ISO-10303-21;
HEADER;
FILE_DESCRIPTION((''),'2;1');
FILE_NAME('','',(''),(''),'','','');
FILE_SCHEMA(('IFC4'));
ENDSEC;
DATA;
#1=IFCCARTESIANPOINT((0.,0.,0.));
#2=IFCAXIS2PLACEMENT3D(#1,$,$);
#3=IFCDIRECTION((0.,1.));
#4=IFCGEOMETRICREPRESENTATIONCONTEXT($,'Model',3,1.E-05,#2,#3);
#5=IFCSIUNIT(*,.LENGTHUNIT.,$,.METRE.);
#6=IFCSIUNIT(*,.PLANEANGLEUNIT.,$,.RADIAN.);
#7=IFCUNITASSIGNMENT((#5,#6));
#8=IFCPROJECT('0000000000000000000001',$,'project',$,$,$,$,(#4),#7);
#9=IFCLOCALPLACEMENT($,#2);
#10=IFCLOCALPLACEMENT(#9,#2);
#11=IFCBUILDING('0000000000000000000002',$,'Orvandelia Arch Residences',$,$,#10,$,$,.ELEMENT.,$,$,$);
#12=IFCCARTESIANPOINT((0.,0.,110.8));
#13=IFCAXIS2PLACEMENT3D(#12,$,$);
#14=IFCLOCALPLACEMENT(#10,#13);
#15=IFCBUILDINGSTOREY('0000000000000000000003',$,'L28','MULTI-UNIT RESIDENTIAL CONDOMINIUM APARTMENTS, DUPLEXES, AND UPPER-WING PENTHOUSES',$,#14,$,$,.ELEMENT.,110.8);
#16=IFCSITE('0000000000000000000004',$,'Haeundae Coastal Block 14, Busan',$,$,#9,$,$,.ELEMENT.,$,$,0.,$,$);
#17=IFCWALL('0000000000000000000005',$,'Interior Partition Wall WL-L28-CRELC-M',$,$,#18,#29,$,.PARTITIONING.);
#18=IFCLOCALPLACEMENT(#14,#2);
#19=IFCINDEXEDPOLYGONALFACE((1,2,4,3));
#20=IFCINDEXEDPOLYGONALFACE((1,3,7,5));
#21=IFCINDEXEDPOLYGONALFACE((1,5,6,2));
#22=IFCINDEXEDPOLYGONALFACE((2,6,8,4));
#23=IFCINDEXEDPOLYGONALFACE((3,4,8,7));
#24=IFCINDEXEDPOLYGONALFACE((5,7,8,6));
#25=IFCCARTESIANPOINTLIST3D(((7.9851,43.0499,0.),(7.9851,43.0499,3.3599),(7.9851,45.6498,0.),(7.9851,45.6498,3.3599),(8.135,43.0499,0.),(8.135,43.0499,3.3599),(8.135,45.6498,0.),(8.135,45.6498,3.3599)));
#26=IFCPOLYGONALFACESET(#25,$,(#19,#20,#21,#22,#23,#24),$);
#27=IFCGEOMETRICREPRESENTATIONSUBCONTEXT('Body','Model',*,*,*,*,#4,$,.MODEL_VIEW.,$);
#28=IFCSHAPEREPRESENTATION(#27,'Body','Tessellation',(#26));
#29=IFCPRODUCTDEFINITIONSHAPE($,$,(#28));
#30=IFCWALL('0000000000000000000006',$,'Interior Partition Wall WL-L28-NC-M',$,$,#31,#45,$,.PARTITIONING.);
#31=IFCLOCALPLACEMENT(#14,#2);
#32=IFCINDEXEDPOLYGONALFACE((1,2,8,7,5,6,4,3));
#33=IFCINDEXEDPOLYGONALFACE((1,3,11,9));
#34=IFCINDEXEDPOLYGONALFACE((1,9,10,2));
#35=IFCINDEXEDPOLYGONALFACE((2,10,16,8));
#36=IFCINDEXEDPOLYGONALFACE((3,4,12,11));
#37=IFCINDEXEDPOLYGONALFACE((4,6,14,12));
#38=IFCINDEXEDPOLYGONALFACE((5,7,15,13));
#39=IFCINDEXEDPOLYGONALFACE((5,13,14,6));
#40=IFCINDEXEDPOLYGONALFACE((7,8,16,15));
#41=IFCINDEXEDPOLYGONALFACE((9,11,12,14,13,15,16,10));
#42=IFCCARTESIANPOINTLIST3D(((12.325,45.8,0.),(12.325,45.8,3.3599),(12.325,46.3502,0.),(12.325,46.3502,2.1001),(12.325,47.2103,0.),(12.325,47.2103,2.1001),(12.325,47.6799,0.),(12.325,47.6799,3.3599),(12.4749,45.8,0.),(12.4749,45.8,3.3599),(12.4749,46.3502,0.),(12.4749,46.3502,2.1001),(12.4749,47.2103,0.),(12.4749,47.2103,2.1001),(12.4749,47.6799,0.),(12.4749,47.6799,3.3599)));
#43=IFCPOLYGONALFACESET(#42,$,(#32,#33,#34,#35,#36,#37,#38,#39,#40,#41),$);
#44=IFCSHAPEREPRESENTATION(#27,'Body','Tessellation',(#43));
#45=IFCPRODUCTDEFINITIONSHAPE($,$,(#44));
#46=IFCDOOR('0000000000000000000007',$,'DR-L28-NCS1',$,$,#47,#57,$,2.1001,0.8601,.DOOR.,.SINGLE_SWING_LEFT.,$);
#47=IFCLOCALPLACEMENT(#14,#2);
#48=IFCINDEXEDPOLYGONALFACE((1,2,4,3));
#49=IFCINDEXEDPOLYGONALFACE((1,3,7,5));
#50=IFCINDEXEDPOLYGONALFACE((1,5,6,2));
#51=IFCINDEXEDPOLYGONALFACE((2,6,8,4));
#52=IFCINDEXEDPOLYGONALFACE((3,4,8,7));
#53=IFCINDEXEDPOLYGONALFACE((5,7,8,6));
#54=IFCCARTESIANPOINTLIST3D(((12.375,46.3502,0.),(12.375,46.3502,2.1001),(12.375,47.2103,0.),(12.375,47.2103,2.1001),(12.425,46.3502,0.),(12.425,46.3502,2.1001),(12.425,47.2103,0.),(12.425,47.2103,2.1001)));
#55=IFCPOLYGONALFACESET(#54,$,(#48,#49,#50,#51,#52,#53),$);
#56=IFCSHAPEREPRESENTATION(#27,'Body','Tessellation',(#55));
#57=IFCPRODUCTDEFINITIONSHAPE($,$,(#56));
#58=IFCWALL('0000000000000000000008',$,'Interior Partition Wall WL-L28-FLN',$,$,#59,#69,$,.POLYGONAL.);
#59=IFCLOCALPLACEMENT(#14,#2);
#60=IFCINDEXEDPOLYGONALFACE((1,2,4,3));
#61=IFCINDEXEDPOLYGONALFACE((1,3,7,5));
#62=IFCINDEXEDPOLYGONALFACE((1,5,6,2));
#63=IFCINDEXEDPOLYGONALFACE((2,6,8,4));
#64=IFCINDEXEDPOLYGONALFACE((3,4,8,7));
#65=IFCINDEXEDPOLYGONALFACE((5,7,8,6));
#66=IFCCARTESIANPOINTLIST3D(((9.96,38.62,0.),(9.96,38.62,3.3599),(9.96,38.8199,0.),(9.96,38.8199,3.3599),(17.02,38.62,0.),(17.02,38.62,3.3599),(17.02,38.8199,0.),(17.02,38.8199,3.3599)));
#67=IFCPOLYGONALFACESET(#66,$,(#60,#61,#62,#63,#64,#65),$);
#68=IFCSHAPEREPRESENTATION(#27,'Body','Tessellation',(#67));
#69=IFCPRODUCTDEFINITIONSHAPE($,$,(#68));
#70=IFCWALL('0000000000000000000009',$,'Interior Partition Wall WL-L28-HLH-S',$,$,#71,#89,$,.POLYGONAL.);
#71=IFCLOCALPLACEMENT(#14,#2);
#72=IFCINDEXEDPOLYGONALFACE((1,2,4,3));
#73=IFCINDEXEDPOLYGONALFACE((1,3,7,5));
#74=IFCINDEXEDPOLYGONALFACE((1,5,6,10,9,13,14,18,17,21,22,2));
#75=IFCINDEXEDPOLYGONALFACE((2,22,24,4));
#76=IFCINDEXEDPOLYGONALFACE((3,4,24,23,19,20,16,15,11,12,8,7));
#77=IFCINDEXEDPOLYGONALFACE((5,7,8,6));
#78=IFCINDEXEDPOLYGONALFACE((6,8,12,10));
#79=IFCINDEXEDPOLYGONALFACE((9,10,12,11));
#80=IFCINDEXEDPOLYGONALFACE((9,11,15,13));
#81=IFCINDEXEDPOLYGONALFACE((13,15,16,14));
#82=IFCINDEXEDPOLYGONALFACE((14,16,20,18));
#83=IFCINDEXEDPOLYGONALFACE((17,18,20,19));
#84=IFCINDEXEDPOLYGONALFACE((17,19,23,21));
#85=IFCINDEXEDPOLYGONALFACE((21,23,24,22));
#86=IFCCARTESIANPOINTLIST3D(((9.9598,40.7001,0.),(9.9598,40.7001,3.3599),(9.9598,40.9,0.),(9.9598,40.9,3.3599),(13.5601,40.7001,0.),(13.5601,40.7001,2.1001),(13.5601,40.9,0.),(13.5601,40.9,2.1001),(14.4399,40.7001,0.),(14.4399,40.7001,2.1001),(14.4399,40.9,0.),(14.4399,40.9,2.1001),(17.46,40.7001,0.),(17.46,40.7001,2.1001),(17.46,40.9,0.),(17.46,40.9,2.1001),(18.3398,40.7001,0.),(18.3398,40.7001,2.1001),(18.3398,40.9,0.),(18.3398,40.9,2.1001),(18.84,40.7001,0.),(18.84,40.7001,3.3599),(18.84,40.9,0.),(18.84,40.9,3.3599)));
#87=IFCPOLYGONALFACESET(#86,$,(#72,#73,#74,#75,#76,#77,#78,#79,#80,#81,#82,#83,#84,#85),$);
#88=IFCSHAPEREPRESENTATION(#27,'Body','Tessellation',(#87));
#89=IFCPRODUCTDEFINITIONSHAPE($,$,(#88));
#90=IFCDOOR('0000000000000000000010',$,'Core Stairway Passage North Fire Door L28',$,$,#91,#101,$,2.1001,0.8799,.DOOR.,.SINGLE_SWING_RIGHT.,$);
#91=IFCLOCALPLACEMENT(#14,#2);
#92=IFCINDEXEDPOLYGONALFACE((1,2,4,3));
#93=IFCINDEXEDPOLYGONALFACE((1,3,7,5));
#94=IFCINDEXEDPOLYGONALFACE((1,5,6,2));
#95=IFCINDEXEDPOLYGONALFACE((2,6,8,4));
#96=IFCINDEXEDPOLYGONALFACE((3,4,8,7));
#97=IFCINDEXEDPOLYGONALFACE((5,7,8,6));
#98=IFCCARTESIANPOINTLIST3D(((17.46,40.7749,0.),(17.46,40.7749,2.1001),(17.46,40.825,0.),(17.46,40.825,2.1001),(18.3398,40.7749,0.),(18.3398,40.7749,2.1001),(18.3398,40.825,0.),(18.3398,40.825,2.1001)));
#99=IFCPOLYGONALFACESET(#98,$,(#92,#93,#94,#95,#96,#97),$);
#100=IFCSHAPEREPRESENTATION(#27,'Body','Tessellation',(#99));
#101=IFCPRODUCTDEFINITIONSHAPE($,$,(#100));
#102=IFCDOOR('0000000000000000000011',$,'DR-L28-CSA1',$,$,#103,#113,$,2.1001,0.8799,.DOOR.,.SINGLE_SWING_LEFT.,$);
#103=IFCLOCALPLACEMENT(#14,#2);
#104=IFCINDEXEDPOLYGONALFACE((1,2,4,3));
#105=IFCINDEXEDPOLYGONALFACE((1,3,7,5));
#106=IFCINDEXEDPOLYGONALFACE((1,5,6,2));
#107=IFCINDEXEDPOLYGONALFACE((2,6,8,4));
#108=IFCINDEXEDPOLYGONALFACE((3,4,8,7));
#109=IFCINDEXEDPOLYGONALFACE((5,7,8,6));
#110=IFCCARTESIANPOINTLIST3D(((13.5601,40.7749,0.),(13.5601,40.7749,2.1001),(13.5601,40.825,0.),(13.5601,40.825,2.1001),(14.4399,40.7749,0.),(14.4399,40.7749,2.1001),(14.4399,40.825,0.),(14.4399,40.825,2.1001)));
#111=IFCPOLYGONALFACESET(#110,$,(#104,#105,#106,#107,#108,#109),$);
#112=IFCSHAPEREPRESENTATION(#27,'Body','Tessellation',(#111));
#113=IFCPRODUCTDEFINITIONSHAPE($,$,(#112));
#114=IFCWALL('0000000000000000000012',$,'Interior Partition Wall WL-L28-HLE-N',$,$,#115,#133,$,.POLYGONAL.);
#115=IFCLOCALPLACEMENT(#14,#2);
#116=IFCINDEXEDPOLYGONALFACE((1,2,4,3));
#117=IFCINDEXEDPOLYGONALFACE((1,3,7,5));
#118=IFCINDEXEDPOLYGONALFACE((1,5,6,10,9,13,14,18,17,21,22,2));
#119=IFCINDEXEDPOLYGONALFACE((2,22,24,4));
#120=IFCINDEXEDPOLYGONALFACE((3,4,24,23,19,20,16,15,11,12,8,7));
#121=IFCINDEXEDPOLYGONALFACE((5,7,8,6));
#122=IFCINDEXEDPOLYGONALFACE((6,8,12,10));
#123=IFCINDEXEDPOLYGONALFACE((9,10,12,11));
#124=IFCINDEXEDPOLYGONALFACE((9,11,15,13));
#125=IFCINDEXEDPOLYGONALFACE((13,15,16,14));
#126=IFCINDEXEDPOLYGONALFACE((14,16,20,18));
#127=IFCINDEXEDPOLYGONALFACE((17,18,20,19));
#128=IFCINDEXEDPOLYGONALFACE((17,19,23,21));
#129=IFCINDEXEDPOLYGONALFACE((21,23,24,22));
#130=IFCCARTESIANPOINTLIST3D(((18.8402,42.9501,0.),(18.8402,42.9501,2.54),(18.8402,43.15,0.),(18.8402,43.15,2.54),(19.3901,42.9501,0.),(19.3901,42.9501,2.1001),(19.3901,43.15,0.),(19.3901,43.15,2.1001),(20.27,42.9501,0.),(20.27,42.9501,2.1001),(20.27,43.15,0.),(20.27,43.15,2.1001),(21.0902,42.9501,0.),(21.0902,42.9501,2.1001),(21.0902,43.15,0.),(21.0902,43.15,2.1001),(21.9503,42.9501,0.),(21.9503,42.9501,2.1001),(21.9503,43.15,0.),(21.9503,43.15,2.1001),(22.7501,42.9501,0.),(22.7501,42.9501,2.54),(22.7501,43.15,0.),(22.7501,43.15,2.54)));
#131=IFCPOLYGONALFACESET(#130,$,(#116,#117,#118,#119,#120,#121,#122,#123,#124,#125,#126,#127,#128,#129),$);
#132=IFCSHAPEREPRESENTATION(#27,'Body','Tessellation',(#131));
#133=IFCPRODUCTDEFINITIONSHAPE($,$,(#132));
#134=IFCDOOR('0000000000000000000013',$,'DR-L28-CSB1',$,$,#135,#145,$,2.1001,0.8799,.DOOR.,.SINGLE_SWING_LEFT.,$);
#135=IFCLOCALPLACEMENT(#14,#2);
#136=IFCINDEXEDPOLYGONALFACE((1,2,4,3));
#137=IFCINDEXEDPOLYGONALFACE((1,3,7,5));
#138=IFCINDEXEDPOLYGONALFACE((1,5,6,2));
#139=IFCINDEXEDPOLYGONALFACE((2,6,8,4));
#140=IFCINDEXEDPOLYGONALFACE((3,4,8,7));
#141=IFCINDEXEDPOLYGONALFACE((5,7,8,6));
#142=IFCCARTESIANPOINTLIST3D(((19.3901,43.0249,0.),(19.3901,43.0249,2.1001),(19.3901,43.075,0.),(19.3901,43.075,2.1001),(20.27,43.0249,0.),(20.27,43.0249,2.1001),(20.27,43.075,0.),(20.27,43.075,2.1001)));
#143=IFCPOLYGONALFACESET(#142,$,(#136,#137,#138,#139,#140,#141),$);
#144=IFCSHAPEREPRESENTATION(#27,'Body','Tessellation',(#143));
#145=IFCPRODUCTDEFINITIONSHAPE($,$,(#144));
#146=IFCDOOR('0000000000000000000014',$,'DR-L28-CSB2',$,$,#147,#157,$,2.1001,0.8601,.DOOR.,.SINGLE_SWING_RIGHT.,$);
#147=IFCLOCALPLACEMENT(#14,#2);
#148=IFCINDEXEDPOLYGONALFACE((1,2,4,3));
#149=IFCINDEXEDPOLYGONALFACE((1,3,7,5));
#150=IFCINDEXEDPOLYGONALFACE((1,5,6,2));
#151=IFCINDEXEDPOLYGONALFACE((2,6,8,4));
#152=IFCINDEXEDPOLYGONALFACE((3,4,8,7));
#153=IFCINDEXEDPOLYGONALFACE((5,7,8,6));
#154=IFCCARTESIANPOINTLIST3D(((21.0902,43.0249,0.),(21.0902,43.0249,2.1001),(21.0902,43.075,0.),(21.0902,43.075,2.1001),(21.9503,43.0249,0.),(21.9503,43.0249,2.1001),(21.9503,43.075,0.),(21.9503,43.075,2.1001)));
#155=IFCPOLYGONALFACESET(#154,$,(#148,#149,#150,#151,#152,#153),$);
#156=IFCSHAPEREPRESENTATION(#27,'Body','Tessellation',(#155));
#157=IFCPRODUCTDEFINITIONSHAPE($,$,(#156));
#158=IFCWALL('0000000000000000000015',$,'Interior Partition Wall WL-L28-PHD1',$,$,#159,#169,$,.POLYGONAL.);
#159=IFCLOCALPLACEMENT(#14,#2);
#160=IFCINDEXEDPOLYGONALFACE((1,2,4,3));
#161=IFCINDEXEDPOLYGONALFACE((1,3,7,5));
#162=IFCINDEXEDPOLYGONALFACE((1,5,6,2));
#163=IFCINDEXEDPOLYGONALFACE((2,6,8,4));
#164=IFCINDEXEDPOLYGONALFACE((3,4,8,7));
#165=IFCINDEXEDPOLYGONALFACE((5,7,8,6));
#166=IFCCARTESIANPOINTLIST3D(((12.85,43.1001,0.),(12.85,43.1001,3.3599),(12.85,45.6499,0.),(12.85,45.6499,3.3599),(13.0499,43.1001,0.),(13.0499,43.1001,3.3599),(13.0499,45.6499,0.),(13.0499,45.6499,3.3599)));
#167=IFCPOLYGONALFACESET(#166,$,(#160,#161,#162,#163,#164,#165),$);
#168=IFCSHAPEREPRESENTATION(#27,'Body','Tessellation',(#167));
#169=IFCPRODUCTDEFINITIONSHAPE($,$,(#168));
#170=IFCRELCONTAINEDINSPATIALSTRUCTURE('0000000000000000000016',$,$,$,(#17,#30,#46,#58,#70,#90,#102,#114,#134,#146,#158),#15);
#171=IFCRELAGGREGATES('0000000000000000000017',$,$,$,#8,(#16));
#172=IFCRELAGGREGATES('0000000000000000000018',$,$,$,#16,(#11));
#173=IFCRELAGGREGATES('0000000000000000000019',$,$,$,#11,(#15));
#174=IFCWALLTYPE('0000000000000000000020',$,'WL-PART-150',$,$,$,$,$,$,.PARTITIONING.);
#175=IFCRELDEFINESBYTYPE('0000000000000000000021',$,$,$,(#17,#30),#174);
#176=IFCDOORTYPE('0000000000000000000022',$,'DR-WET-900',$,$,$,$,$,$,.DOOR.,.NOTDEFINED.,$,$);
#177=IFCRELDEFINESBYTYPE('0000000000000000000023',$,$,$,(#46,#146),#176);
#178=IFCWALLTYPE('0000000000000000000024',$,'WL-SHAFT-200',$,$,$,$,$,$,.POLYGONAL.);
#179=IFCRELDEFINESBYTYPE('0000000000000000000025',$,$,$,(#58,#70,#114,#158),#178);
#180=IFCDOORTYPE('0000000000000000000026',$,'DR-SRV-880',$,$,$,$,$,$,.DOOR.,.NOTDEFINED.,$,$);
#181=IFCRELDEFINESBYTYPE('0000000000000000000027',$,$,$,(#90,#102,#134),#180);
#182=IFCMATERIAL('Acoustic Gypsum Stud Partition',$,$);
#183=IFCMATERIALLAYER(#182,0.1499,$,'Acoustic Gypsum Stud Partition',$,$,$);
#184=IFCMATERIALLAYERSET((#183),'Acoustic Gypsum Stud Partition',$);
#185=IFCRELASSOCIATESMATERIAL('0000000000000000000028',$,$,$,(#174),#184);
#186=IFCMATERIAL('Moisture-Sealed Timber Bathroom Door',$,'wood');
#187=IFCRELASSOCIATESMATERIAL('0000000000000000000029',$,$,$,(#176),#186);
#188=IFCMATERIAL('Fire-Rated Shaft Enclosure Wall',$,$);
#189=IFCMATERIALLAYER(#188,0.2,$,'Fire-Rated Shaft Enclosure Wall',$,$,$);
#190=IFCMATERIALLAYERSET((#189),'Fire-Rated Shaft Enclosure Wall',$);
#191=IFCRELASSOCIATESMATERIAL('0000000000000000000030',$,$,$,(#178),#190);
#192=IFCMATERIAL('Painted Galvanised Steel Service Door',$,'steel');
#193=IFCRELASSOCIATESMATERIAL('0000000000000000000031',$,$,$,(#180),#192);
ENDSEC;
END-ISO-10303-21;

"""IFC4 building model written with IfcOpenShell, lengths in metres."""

from ifc_helpers import new_model, si_unit, direction, frame, frame_2d, origin, place, context, subcontext, project, spatial, rectangle, extrude, material, layer, layer_set, type_object, element, fill, save


model = new_model("IFC4")

# Units and contexts
model_context = context("Model", 3, precision=1e-05, world=origin(), true_north=direction((0.0, 1.0)))
body_context = subcontext(model_context, "Body", "Model", "MODEL_VIEW")
ifc_project = project(units=[si_unit("LENGTHUNIT", "METRE"), si_unit("PLANEANGLEUNIT", "RADIAN")], contexts=[model_context])

# Site, building, storey
site_placement = place(None, origin())
site = spatial("IfcSite", under=ifc_project, at=site_placement, Name="Haeundae Coastal Block 14, Busan", CompositionType="ELEMENT", RefElevation=0.0)
building_placement = place(site_placement, origin())
building = spatial("IfcBuilding", under=site, at=building_placement, Name="Orvandelia Arch Residences", CompositionType="ELEMENT")
storey_placement = place(building_placement, frame((0.0, 0.0, 110.8)))
storey = spatial("IfcBuildingStorey", under=building, at=storey_placement, Name="L28", Description="MULTI-UNIT RESIDENTIAL CONDOMINIUM APARTMENTS, DUPLEXES, AND UPPER-WING PENTHOUSES", CompositionType="ELEMENT", Elevation=110.8)

# Wall
ifc_material_1 = material(Name="Acoustic Gypsum Stud Partition")
ifc_layer_1 = layer(ifc_material_1, 0.1499, Name="Acoustic Gypsum Stud Partition")
ifc_layer_set_1 = layer_set([ifc_layer_1], Name="Acoustic Gypsum Stud Partition")
wall_type_1 = type_object("IfcWallType", Name="WL-PART-150", PredefinedType="PARTITIONING", material=ifc_layer_set_1)
wall_1_placement = place(storey_placement, frame((8.0601, 43.05, 0.0), z_axis=(0.0, 0.0, 1.0), x_axis=(0.0, 1.0, 0.0)))
element("IfcWall", 1, at=wall_1_placement, inside=storey, type_object=wall_type_1, Name="Interior Partition Wall WL-L28-CRELC-M", PredefinedType="PARTITIONING", context=body_context, shape_type="SweptSolid", body=[
    extrude(rectangle(XDim=2.5999, YDim=0.1499, at=frame_2d((1.2998, 0.0))), origin(), (0.0, 0.0, 1.0), 3.3599),
])

# Wall, opening, door
wall_2_placement = place(storey_placement, frame((12.3999, 45.8, 0.0), z_axis=(0.0, 0.0, 1.0), x_axis=(0.0, 1.0, 0.0)))
wall_2 = element("IfcWall", 2, at=wall_2_placement, inside=storey, type_object=wall_type_1, Name="Interior Partition Wall WL-L28-NC-M", PredefinedType="PARTITIONING", context=body_context, shape_type="SweptSolid", body=[
    extrude(rectangle(XDim=1.8799, YDim=0.1499, at=frame_2d((0.9399, 0.0))), origin(), (0.0, 0.0, 1.0), 3.3599),
])
opening_1_placement = place(wall_2_placement, frame((0.55, 0.0, 0.0)))
opening_1 = element("IfcOpeningElement", 3, at=opening_1_placement, cuts=wall_2, PredefinedType="OPENING", context=body_context, shape_type="SweptSolid", body=[
    extrude(rectangle(XDim=0.8601, YDim=2.1001, at=frame_2d((0.4302, 1.05))), frame((0.0, 0.085, 0.0), z_axis=(0.0, -1.0, 0.0), x_axis=(1.0, 0.0, 0.0)), (0.0, 0.0, 1.0), 0.1699),
])
ifc_material_2 = material(Name="Moisture-Sealed Timber Bathroom Door", Category="wood")
door_type_1 = type_object("IfcDoorType", Name="DR-WET-900", OperationType="NOTDEFINED", PredefinedType="DOOR", material=ifc_material_2)
door_1_placement = place(opening_1_placement, origin())
door_1 = element("IfcDoor", 4, at=door_1_placement, inside=storey, type_object=door_type_1, Name="DR-L28-NCS1", OperationType="SINGLE_SWING_LEFT", OverallHeight=2.1001, OverallWidth=0.8601, PredefinedType="DOOR", context=body_context, shape_type="SweptSolid", body=[
    extrude(rectangle(XDim=0.8601, YDim=2.1001, at=frame_2d((0.4302, 1.05))), frame((0.0, 0.0249, 0.0), z_axis=(0.0, -1.0, 0.0), x_axis=(1.0, 0.0, 0.0)), (0.0, 0.0, 1.0), 0.05),
])
fill(opening_1, door_1)

# Wall
ifc_material_3 = material(Name="Fire-Rated Shaft Enclosure Wall")
ifc_layer_2 = layer(ifc_material_3, 0.2, Name="Fire-Rated Shaft Enclosure Wall")
ifc_layer_set_2 = layer_set([ifc_layer_2], Name="Fire-Rated Shaft Enclosure Wall")
wall_type_2 = type_object("IfcWallType", Name="WL-SHAFT-200", PredefinedType="POLYGONAL", material=ifc_layer_set_2)
wall_3_placement = place(storey_placement, frame((9.96, 38.72, 0.0), z_axis=(0.0, 0.0, 1.0), x_axis=(1.0, 0.0, 0.0)))
element("IfcWall", 5, at=wall_3_placement, inside=storey, type_object=wall_type_2, Name="Interior Partition Wall WL-L28-FLN", PredefinedType="POLYGONAL", context=body_context, shape_type="SweptSolid", body=[
    extrude(rectangle(XDim=7.0601, YDim=0.2, at=frame_2d((3.53, 0.0))), origin(), (0.0, 0.0, 1.0), 3.3599),
])

# Walls, openings, doors
wall_4_placement = place(storey_placement, frame((9.96, 40.8, 0.0), z_axis=(0.0, 0.0, 1.0), x_axis=(1.0, 0.0, 0.0)))
wall_4 = element("IfcWall", 6, at=wall_4_placement, inside=storey, type_object=wall_type_2, Name="Interior Partition Wall WL-L28-HLH-S", PredefinedType="POLYGONAL", context=body_context, shape_type="SweptSolid", body=[
    extrude(rectangle(XDim=8.8801, YDim=0.2, at=frame_2d((4.4399, 0.0))), origin(), (0.0, 0.0, 1.0), 3.3599),
])
opening_2_placement = place(wall_4_placement, frame((7.5, 0.0, 0.0)))
opening_2 = element("IfcOpeningElement", 7, at=opening_2_placement, cuts=wall_4, PredefinedType="OPENING", context=body_context, shape_type="SweptSolid", body=[
    extrude(rectangle(XDim=0.8799, YDim=2.1001, at=frame_2d((0.4399, 1.05))), frame((0.0, 0.1099, 0.0), z_axis=(0.0, -1.0, 0.0), x_axis=(1.0, 0.0, 0.0)), (0.0, 0.0, 1.0), 0.22),
])
opening_3_placement = place(wall_4_placement, frame((3.6001, 0.0, 0.0)))
opening_3 = element("IfcOpeningElement", 8, at=opening_3_placement, cuts=wall_4, PredefinedType="OPENING", context=body_context, shape_type="SweptSolid", body=[
    extrude(rectangle(XDim=0.8799, YDim=2.1001, at=frame_2d((0.4399, 1.05))), frame((0.0, 0.1099, 0.0), z_axis=(0.0, -1.0, 0.0), x_axis=(1.0, 0.0, 0.0)), (0.0, 0.0, 1.0), 0.22),
])
ifc_material_4 = material(Name="Painted Galvanised Steel Service Door", Category="steel")
door_type_2 = type_object("IfcDoorType", Name="DR-SRV-880", OperationType="NOTDEFINED", PredefinedType="DOOR", material=ifc_material_4)
door_2_placement = place(opening_2_placement, origin())
door_2 = element("IfcDoor", 9, at=door_2_placement, inside=storey, type_object=door_type_2, Name="Core Stairway Passage North Fire Door L28", OperationType="SINGLE_SWING_RIGHT", OverallHeight=2.1001, OverallWidth=0.8799, PredefinedType="DOOR", context=body_context, shape_type="SweptSolid", body=[
    extrude(rectangle(XDim=0.8799, YDim=2.1001, at=frame_2d((0.4399, 1.05))), frame((0.0, 0.0249, 0.0), z_axis=(0.0, -1.0, 0.0), x_axis=(1.0, 0.0, 0.0)), (0.0, 0.0, 1.0), 0.05),
])
fill(opening_2, door_2)
door_3_placement = place(opening_3_placement, origin())
door_3 = element("IfcDoor", 10, at=door_3_placement, inside=storey, type_object=door_type_2, Name="DR-L28-CSA1", OperationType="SINGLE_SWING_LEFT", OverallHeight=2.1001, OverallWidth=0.8799, PredefinedType="DOOR", context=body_context, shape_type="SweptSolid", body=[
    extrude(rectangle(XDim=0.8799, YDim=2.1001, at=frame_2d((0.4399, 1.05))), frame((0.0, 0.0249, 0.0), z_axis=(0.0, -1.0, 0.0), x_axis=(1.0, 0.0, 0.0)), (0.0, 0.0, 1.0), 0.05),
])
fill(opening_3, door_3)
wall_5_placement = place(storey_placement, frame((18.8401, 43.05, 0.0), z_axis=(0.0, 0.0, 1.0), x_axis=(1.0, 0.0, 0.0)))
wall_5 = element("IfcWall", 11, at=wall_5_placement, inside=storey, type_object=wall_type_2, Name="Interior Partition Wall WL-L28-HLE-N", PredefinedType="POLYGONAL", context=body_context, shape_type="SweptSolid", body=[
    extrude(rectangle(XDim=3.9099, YDim=0.2, at=frame_2d((1.9551, 0.0))), origin(), (0.0, 0.0, 1.0), 2.54),
])
opening_4_placement = place(wall_5_placement, frame((0.55, 0.0, 0.0)))
opening_4 = element("IfcOpeningElement", 12, at=opening_4_placement, cuts=wall_5, PredefinedType="OPENING", context=body_context, shape_type="SweptSolid", body=[
    extrude(rectangle(XDim=0.8799, YDim=2.1001, at=frame_2d((0.4399, 1.05))), frame((0.0, 0.1099, 0.0), z_axis=(0.0, -1.0, 0.0), x_axis=(1.0, 0.0, 0.0)), (0.0, 0.0, 1.0), 0.22),
])
opening_5_placement = place(wall_5_placement, frame((2.25, 0.0, 0.0)))
opening_5 = element("IfcOpeningElement", 13, at=opening_5_placement, cuts=wall_5, PredefinedType="OPENING", context=body_context, shape_type="SweptSolid", body=[
    extrude(rectangle(XDim=0.8601, YDim=2.1001, at=frame_2d((0.4302, 1.05))), frame((0.0, 0.1099, 0.0), z_axis=(0.0, -1.0, 0.0), x_axis=(1.0, 0.0, 0.0)), (0.0, 0.0, 1.0), 0.22),
])
door_4_placement = place(opening_4_placement, origin())
door_4 = element("IfcDoor", 14, at=door_4_placement, inside=storey, type_object=door_type_2, Name="DR-L28-CSB1", OperationType="SINGLE_SWING_LEFT", OverallHeight=2.1001, OverallWidth=0.8799, PredefinedType="DOOR", context=body_context, shape_type="SweptSolid", body=[
    extrude(rectangle(XDim=0.8799, YDim=2.1001, at=frame_2d((0.4399, 1.05))), frame((0.0, 0.0249, 0.0), z_axis=(0.0, -1.0, 0.0), x_axis=(1.0, 0.0, 0.0)), (0.0, 0.0, 1.0), 0.05),
])
fill(opening_4, door_4)
door_5_placement = place(opening_5_placement, origin())
door_5 = element("IfcDoor", 15, at=door_5_placement, inside=storey, type_object=door_type_1, Name="DR-L28-CSB2", OperationType="SINGLE_SWING_RIGHT", OverallHeight=2.1001, OverallWidth=0.8601, PredefinedType="DOOR", context=body_context, shape_type="SweptSolid", body=[
    extrude(rectangle(XDim=0.8601, YDim=2.1001, at=frame_2d((0.4302, 1.05))), frame((0.0, 0.0249, 0.0), z_axis=(0.0, -1.0, 0.0), x_axis=(1.0, 0.0, 0.0)), (0.0, 0.0, 1.0), 0.05),
])
fill(opening_5, door_5)

# Wall
for number, where, z_axis, x_axis, name in (
    (16, (12.95, 43.1001, 0.0), (0.0, 0.0, 1.0), (0.0, 1.0, 0.0), "Interior Partition Wall WL-L28-PHD1"),
):
    element("IfcWall", number, at=place(storey_placement, frame(where, z_axis=z_axis, x_axis=x_axis)), inside=storey, type_object=wall_type_2, Name=name, PredefinedType="POLYGONAL", context=body_context, shape_type="SweptSolid", body=[
        extrude(rectangle(XDim=2.5498, YDim=0.2, at=frame_2d((1.2749, 0.0))), origin(), (0.0, 0.0, 1.0), 3.3599),
    ])

save(model, "model.ifc")
